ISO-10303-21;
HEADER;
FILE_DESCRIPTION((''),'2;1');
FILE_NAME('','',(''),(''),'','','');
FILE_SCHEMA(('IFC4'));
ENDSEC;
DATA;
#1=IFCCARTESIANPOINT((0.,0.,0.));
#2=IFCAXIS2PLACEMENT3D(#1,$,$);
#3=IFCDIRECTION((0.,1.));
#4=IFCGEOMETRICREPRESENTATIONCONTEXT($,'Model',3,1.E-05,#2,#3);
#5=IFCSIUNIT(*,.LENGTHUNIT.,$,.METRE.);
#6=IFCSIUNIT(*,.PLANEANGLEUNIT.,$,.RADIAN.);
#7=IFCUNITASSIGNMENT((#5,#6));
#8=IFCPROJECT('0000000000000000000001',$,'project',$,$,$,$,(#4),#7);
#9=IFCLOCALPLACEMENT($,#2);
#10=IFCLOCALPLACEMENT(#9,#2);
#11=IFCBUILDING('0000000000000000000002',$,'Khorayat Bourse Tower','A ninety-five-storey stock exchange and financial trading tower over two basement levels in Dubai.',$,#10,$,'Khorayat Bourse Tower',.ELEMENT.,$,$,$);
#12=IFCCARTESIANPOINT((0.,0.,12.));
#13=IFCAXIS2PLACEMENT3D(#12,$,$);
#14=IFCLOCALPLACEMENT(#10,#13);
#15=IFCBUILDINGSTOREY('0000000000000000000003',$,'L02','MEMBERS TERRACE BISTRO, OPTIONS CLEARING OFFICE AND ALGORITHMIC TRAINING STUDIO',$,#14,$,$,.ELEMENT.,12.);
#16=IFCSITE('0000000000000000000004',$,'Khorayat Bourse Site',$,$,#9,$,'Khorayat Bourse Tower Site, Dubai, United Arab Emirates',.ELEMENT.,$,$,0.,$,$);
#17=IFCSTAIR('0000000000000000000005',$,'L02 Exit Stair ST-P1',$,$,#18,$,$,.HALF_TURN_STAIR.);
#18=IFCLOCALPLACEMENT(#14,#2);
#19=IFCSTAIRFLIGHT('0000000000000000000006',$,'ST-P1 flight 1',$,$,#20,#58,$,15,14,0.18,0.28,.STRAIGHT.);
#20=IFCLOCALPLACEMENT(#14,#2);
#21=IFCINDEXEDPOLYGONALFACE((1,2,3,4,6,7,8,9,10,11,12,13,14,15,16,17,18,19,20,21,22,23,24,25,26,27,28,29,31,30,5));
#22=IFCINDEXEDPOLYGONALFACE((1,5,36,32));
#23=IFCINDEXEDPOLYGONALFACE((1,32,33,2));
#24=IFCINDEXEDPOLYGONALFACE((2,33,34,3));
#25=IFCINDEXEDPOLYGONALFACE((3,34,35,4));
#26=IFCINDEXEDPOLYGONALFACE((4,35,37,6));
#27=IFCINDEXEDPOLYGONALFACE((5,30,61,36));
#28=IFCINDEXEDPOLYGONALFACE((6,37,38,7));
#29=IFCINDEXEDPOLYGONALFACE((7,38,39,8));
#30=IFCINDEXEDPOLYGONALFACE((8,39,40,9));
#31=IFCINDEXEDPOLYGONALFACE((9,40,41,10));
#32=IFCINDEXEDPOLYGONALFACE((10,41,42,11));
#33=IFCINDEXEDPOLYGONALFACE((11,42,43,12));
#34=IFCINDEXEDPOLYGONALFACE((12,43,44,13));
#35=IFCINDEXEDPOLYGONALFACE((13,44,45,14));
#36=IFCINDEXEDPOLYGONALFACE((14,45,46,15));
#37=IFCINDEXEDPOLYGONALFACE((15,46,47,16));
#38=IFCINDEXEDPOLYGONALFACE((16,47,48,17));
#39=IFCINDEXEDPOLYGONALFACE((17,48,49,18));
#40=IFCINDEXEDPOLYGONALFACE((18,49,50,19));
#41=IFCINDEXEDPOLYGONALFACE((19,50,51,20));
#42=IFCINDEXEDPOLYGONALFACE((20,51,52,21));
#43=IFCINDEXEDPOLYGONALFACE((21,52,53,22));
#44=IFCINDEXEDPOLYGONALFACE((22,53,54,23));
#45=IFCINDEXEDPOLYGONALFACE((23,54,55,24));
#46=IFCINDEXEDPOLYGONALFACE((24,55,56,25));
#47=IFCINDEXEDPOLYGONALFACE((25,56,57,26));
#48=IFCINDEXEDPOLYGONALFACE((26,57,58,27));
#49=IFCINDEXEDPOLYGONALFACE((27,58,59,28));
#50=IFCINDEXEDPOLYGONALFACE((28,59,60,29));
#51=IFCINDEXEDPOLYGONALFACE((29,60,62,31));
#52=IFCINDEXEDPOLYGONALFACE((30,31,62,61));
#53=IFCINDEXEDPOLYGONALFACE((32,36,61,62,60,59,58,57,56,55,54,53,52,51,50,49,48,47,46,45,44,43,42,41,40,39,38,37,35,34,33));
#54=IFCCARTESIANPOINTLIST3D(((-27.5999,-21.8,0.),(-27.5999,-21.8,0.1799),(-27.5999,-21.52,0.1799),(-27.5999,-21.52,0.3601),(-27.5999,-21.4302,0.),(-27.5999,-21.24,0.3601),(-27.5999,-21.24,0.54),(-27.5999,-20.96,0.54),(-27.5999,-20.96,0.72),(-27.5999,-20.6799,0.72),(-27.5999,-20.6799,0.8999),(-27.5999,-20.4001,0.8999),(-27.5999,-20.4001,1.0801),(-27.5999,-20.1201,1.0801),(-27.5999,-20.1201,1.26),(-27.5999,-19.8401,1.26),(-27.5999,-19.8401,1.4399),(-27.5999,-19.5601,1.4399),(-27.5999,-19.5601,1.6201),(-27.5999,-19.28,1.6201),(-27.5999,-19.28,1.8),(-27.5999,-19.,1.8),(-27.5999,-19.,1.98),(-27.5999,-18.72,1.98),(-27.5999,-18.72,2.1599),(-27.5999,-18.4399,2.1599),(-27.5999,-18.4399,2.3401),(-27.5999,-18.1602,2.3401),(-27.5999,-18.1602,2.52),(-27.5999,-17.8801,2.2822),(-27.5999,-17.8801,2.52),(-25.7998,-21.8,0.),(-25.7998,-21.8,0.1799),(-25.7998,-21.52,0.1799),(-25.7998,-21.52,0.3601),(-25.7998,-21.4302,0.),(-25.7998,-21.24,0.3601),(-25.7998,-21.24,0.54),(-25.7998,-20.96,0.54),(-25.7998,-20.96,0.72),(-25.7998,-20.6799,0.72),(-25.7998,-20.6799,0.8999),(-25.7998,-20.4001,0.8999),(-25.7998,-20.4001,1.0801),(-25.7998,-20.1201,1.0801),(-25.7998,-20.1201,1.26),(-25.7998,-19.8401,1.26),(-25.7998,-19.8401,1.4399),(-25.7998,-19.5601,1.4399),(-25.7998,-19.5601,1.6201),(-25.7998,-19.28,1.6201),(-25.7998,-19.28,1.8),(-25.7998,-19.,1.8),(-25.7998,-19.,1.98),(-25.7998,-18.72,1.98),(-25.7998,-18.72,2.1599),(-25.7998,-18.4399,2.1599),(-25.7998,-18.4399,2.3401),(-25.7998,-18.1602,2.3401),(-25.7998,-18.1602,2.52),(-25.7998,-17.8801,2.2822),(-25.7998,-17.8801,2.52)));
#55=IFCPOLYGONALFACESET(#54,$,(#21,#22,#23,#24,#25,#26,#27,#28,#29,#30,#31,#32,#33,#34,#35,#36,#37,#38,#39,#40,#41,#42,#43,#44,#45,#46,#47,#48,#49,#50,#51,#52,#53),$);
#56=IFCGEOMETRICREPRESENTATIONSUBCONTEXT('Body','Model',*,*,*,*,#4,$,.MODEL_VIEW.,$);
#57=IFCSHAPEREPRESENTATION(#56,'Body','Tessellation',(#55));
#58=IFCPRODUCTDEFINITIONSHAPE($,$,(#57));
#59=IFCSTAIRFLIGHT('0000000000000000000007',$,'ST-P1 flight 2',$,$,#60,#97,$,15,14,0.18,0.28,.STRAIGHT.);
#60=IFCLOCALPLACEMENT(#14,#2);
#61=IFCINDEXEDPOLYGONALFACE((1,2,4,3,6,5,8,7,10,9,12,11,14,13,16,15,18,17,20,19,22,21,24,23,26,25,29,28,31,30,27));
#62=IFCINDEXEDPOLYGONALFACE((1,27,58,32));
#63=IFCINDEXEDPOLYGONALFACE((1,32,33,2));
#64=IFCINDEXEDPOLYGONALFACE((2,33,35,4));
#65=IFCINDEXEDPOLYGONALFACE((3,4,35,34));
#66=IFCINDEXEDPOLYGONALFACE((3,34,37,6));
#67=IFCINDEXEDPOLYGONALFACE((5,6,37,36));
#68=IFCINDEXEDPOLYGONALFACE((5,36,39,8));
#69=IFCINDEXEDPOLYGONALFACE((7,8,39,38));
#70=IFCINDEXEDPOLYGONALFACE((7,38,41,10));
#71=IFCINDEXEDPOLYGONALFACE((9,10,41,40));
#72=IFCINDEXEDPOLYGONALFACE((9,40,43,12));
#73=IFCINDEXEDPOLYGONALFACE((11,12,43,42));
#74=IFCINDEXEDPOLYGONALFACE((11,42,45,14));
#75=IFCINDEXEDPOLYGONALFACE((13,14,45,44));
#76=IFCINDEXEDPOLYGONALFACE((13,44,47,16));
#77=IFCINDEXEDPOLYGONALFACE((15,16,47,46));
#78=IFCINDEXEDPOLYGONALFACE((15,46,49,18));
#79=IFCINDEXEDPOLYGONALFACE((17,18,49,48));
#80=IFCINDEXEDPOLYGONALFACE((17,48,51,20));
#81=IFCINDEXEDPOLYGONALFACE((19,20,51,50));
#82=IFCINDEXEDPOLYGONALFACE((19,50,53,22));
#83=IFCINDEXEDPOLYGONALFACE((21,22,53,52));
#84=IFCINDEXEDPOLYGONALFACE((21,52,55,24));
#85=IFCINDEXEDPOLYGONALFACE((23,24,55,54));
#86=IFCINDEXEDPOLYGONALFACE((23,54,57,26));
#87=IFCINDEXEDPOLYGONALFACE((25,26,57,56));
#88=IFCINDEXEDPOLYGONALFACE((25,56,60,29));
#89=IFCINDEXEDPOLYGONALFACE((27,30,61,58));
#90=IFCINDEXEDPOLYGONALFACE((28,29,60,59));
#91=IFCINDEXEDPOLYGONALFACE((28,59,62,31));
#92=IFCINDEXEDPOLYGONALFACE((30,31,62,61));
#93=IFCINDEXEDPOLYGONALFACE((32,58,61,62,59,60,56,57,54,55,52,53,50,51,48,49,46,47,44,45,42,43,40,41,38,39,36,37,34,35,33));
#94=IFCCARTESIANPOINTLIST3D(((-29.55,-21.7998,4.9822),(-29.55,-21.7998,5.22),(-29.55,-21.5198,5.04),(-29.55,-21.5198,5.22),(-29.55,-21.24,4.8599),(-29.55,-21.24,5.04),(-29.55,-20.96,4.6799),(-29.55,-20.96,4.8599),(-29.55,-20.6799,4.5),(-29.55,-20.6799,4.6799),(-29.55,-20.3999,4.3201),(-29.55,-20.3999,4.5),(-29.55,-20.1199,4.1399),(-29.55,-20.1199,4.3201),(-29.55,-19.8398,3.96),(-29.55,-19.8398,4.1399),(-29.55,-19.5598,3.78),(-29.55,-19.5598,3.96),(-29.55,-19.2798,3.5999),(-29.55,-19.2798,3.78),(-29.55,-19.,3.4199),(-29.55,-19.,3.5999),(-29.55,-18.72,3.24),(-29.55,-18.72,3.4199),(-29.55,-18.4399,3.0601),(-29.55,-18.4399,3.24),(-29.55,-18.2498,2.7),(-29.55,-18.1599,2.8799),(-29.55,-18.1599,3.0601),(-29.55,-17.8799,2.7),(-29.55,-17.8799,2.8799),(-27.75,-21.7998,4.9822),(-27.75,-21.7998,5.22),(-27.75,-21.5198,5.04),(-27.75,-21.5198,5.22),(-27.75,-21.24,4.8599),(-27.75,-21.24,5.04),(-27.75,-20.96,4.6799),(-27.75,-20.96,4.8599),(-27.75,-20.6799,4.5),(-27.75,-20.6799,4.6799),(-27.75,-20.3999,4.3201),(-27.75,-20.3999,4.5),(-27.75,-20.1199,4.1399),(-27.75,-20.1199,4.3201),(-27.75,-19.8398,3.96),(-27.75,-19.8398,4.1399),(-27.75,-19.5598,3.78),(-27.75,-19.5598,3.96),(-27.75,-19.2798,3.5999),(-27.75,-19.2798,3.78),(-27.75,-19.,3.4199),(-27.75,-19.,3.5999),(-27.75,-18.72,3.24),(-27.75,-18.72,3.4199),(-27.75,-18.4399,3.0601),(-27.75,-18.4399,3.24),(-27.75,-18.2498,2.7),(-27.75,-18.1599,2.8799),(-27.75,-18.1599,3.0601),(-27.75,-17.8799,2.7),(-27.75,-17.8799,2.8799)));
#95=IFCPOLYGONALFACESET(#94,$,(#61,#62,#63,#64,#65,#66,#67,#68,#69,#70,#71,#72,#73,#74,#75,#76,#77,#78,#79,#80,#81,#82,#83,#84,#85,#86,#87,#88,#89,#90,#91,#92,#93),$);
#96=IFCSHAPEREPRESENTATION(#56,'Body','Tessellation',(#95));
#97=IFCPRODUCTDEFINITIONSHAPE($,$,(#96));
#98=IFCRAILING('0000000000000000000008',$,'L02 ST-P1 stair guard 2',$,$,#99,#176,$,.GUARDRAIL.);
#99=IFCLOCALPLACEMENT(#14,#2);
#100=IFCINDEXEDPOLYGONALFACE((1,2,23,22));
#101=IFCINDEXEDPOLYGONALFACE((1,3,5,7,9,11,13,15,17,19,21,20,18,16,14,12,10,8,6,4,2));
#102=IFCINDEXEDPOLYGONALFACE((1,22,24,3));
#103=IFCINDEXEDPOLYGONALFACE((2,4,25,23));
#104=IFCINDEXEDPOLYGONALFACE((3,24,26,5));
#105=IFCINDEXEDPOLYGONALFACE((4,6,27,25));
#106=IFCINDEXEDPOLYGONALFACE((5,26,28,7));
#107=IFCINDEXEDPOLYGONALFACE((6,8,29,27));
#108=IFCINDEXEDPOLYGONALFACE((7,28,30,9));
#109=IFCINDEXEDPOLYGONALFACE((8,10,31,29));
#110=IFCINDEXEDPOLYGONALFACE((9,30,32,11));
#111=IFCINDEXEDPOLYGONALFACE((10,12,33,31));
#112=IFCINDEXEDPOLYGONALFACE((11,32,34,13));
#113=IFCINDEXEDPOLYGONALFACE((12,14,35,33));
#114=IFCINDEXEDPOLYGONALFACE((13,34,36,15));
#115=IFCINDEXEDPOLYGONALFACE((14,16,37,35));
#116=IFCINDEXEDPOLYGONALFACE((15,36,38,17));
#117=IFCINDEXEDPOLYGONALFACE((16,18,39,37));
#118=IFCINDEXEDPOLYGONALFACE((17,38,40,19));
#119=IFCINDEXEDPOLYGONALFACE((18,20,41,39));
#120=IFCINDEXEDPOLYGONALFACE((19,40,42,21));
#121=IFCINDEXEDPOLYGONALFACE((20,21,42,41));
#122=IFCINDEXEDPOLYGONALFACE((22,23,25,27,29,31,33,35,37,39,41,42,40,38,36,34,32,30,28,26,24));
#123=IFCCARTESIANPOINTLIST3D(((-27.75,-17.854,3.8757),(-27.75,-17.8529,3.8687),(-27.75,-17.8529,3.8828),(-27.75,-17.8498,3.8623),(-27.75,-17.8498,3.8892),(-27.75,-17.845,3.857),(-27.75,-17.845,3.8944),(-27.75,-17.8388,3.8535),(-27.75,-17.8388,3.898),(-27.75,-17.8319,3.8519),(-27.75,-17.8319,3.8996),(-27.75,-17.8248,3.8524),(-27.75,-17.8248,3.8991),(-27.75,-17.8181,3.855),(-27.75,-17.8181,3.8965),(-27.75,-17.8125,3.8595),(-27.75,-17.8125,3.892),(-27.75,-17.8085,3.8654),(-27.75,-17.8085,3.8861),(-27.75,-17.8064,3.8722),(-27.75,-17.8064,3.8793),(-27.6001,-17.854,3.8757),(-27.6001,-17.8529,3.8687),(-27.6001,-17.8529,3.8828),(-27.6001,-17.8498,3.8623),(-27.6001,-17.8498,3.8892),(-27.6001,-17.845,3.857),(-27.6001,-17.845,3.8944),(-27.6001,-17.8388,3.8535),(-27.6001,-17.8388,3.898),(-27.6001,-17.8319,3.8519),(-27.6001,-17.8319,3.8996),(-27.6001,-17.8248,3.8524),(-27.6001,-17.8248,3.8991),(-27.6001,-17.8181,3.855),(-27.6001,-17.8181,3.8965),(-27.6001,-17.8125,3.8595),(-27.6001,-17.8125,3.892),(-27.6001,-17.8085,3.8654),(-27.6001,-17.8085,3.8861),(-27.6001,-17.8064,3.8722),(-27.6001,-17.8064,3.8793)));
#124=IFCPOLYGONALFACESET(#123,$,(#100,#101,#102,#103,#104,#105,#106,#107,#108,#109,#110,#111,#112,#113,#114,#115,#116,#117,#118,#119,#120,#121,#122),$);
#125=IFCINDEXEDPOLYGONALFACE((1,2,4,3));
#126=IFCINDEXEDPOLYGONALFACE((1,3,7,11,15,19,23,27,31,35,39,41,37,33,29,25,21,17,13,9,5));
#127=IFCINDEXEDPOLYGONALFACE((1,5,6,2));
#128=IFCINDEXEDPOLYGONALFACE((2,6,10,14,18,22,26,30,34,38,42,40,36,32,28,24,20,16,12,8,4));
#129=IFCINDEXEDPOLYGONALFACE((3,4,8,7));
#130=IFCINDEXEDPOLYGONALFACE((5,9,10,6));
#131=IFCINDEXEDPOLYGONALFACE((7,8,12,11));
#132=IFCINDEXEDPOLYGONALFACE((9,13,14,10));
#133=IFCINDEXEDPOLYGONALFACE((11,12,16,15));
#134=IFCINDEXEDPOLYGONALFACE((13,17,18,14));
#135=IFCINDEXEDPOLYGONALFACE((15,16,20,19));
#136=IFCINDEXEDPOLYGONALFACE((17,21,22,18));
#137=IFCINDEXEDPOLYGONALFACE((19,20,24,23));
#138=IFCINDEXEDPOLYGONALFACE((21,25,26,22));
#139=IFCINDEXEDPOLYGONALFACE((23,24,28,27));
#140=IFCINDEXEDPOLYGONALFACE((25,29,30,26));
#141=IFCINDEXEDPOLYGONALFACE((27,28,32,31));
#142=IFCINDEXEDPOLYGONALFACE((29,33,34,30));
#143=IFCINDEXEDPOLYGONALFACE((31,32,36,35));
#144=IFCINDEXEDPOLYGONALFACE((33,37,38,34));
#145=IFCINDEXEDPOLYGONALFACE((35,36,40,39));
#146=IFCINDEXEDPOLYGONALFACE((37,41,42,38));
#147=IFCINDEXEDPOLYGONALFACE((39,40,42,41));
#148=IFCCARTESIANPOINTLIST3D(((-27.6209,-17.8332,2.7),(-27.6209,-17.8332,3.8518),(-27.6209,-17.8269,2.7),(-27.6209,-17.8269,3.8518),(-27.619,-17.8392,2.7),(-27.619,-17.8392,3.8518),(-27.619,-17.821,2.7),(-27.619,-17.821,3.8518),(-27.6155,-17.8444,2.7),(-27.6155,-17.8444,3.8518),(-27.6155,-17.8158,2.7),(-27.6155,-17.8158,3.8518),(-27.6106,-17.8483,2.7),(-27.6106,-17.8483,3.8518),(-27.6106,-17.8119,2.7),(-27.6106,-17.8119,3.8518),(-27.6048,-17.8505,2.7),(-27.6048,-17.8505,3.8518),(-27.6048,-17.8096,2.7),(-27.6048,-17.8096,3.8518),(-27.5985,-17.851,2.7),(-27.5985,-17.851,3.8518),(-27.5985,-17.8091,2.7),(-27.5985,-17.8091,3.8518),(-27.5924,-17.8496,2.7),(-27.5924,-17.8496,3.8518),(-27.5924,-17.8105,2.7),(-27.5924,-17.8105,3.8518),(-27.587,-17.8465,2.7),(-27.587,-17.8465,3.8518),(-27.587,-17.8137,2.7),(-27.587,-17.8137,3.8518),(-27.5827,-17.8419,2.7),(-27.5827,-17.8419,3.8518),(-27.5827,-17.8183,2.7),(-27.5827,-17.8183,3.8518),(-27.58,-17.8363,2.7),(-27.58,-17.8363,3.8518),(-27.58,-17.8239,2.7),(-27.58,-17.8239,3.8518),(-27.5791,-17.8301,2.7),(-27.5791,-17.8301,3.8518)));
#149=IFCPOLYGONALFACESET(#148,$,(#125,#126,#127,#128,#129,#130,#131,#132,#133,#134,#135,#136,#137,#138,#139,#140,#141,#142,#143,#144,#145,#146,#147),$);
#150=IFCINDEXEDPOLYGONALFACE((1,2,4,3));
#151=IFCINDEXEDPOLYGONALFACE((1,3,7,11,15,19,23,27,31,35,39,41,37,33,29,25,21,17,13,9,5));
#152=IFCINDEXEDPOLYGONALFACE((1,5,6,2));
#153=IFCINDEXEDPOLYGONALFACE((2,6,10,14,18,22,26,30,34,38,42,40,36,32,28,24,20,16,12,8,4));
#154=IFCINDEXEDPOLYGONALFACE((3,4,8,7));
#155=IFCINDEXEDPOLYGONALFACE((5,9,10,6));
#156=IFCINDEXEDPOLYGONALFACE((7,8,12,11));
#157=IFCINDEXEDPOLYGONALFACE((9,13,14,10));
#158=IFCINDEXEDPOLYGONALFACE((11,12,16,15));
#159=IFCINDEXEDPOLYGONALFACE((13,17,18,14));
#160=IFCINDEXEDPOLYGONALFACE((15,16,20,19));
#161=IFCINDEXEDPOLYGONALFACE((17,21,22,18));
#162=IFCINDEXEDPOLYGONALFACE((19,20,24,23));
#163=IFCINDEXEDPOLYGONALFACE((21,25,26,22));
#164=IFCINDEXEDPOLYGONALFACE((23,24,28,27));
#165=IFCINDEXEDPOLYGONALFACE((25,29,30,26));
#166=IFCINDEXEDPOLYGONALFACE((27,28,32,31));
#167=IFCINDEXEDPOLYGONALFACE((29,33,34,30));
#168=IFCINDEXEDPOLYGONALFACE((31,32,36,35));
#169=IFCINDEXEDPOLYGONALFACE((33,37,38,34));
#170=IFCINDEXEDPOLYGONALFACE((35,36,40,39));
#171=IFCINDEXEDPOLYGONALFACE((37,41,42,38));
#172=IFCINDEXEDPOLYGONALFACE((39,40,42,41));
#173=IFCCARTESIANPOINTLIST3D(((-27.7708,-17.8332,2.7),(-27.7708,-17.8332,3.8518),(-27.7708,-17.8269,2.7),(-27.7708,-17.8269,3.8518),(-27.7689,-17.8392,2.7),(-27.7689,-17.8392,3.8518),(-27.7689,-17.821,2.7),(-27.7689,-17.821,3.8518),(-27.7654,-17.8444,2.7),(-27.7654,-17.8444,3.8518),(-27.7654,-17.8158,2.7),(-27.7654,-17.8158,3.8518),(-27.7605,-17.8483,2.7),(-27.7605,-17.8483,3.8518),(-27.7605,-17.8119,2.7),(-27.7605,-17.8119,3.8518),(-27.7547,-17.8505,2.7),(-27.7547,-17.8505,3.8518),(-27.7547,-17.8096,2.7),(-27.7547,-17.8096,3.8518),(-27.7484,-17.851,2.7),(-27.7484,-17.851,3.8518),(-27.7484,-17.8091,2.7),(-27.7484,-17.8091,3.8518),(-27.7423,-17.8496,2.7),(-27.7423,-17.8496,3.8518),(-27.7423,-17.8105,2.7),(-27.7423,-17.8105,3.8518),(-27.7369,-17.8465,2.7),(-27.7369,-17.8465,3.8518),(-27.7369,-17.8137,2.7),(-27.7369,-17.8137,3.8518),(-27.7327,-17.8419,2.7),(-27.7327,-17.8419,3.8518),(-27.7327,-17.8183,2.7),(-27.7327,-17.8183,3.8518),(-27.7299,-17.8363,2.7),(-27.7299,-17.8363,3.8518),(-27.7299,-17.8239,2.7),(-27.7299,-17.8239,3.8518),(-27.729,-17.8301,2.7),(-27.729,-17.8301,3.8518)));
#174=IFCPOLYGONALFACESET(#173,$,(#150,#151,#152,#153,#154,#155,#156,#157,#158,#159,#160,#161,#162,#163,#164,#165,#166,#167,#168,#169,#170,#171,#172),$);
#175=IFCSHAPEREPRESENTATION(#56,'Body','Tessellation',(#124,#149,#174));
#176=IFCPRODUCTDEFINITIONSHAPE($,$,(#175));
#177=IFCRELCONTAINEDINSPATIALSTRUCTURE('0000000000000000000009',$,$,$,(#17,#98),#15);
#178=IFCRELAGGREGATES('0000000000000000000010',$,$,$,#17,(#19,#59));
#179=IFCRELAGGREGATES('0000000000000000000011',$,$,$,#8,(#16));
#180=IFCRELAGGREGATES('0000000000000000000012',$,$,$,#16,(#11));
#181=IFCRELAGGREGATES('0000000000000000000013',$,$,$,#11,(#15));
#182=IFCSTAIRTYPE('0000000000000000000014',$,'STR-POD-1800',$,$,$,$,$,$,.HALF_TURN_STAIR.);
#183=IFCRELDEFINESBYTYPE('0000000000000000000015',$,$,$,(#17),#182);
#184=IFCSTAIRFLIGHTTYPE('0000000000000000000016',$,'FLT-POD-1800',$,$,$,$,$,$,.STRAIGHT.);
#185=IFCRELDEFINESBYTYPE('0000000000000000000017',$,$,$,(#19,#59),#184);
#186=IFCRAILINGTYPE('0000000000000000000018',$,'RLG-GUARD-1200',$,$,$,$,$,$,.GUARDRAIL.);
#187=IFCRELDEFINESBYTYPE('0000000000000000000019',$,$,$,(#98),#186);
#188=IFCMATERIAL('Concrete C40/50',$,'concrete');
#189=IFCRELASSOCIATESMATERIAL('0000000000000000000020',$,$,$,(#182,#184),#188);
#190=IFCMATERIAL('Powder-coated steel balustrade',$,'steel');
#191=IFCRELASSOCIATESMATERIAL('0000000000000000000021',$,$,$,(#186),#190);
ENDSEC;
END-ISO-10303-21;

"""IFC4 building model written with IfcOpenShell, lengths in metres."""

from ifc_helpers import new_model, si_unit, direction, frame, origin, origin_2d, place, context, subcontext, project, spatial, polyline, circle, outline, extrude, source, transform, mapped, material, type_object, element, aggregate, save


model = new_model("IFC4")

# Units and contexts
model_context = context("Model", 3, precision=1e-05, world=origin(), true_north=direction((0.0, 1.0)))
body_context = subcontext(model_context, "Body", "Model", "MODEL_VIEW")
ifc_project = project(units=[si_unit("LENGTHUNIT", "METRE"), si_unit("PLANEANGLEUNIT", "RADIAN")], contexts=[model_context])

# Site, building, storey
site_placement = place(None, origin())
site = spatial("IfcSite", under=ifc_project, at=site_placement, Name="Khorayat Bourse Site", LongName="Khorayat Bourse Tower Site, Dubai, United Arab Emirates", CompositionType="ELEMENT", RefElevation=0.0)
building_placement = place(site_placement, origin())
building = spatial("IfcBuilding", under=site, at=building_placement, Name="Khorayat Bourse Tower", Description="A ninety-five-storey stock exchange and financial trading tower over two basement levels in Dubai.", LongName="Khorayat Bourse Tower", CompositionType="ELEMENT")
storey_placement = place(building_placement, frame((0.0, 0.0, 12.0)))
storey = spatial("IfcBuildingStorey", under=building, at=storey_placement, Name="L02", Description="MEMBERS TERRACE BISTRO, OPTIONS CLEARING OFFICE AND ALGORITHMIC TRAINING STUDIO", CompositionType="ELEMENT", Elevation=12.0)

# Stair, stair flights
ifc_material_1 = material(Name="Concrete C40/50", Category="concrete")
stair_type = type_object("IfcStairType", Name="STR-POD-1800", PredefinedType="HALF_TURN_STAIR", material=ifc_material_1)
stair_placement = place(storey_placement, origin())
stair = element("IfcStair", 1, at=stair_placement, inside=storey, type_object=stair_type, Name="L02 Exit Stair ST-P1", PredefinedType="HALF_TURN_STAIR")
stair_flight_type = type_object("IfcStairFlightType", Name="FLT-POD-1800", PredefinedType="STRAIGHT", material=ifc_material_1)
shared_shape_1 = source(origin(), body_context, "Body", "SweptSolid", [
    extrude(outline(polyline([(0.0, 0.0), (0.0, 0.1799), (0.28, 0.1799), (0.28, 0.3601), (0.5601, 0.3601), (0.5601, 0.54), (0.8401, 0.54), (0.8401, 0.72), (1.1201, 0.72), (1.1201, 0.8999), (1.3999, 0.8999), (1.3999, 1.0801), (1.6799, 1.0801), (1.6799, 1.26), (1.96, 1.26), (1.96, 1.4399), (2.24, 1.4399), (2.24, 1.6201), (2.52, 1.6201), (2.52, 1.8), (2.8, 1.8), (2.8, 1.98), (3.0801, 1.98), (3.0801, 2.1599), (3.3601, 2.1599), (3.3601, 2.3401), (3.6399, 2.3401), (3.6399, 2.52), (3.9199, 2.52), (3.9199, 2.7), (3.9199, 2.2822), (0.3699, 0.0), (0.0, 0.0)])), frame((0.0, 0.8999, 0.0), z_axis=(0.0, -1.0, 0.0), x_axis=(1.0, 0.0, 0.0)), (0.0, 0.0, 1.0), 1.8),
])
stair_flight_1_placement = place(storey_placement, frame((-26.7, -21.8, 0.0), z_axis=(0.0, 0.0, 1.0), x_axis=(0.0, 1.0, 0.0)))
stair_flight_1 = element("IfcStairFlight", 2, at=stair_flight_1_placement, type_object=stair_flight_type, Name="ST-P1 flight 1", NumberOfRisers=15, NumberOfTreads=14, PredefinedType="STRAIGHT", RiserHeight=0.18, TreadLength=0.28, context=body_context, shape_type="MappedRepresentation", body=[
    mapped(shared_shape_1, transform((0.0, 0.0, 0.0), scale=1.0)),
])
stair_flight_2_placement = place(storey_placement, frame((-28.6499, -17.8799, 2.7), z_axis=(0.0, 0.0, 1.0), x_axis=(0.0, -1.0, 0.0)))
stair_flight_2 = element("IfcStairFlight", 3, at=stair_flight_2_placement, type_object=stair_flight_type, Name="ST-P1 flight 2", NumberOfRisers=15, NumberOfTreads=14, PredefinedType="STRAIGHT", RiserHeight=0.18, TreadLength=0.28, context=body_context, shape_type="MappedRepresentation", body=[
    mapped(shared_shape_1, transform((0.0, 0.0, 0.0), scale=1.0)),
])
aggregate(stair, [stair_flight_1, stair_flight_2])

# Railing
ifc_material_2 = material(Name="Powder-coated steel balustrade", Category="steel")
railing_type_1 = type_object("IfcRailingType", Name="RLG-GUARD-1200", PredefinedType="GUARDRAIL", material=ifc_material_2)
shared_shape_2 = source(origin(), body_context, "Body", "SweptSolid", [
    extrude(circle(Radius=0.0239, at=origin_2d()), frame((0.0, 0.0, 1.1758), z_axis=(-1.0, 0.0, 0.0), x_axis=(0.0, -1.0, 0.0)), (0.0, 0.0, 1.0), 0.1499),
    extrude(circle(Radius=0.021, at=origin_2d()), origin(), (0.0, 0.0, 1.0), 1.1519),
    extrude(circle(Radius=0.021, at=origin_2d()), frame((-0.1499, 0.0, 0.0)), (0.0, 0.0, 1.0), 1.1519),
])
for number, where, name in (
    (4, (-27.6001, -17.8301, 2.7), "L02 ST-P1 stair guard 2"),
):
    element("IfcRailing", number, at=place(storey_placement, frame(where)), inside=storey, type_object=railing_type_1, Name=name, PredefinedType="GUARDRAIL", context=body_context, shape_type="MappedRepresentation", body=[
        mapped(shared_shape_2, transform((0.0, 0.0, 0.0), scale=1.0)),
    ])

save(model, "model.ifc")
